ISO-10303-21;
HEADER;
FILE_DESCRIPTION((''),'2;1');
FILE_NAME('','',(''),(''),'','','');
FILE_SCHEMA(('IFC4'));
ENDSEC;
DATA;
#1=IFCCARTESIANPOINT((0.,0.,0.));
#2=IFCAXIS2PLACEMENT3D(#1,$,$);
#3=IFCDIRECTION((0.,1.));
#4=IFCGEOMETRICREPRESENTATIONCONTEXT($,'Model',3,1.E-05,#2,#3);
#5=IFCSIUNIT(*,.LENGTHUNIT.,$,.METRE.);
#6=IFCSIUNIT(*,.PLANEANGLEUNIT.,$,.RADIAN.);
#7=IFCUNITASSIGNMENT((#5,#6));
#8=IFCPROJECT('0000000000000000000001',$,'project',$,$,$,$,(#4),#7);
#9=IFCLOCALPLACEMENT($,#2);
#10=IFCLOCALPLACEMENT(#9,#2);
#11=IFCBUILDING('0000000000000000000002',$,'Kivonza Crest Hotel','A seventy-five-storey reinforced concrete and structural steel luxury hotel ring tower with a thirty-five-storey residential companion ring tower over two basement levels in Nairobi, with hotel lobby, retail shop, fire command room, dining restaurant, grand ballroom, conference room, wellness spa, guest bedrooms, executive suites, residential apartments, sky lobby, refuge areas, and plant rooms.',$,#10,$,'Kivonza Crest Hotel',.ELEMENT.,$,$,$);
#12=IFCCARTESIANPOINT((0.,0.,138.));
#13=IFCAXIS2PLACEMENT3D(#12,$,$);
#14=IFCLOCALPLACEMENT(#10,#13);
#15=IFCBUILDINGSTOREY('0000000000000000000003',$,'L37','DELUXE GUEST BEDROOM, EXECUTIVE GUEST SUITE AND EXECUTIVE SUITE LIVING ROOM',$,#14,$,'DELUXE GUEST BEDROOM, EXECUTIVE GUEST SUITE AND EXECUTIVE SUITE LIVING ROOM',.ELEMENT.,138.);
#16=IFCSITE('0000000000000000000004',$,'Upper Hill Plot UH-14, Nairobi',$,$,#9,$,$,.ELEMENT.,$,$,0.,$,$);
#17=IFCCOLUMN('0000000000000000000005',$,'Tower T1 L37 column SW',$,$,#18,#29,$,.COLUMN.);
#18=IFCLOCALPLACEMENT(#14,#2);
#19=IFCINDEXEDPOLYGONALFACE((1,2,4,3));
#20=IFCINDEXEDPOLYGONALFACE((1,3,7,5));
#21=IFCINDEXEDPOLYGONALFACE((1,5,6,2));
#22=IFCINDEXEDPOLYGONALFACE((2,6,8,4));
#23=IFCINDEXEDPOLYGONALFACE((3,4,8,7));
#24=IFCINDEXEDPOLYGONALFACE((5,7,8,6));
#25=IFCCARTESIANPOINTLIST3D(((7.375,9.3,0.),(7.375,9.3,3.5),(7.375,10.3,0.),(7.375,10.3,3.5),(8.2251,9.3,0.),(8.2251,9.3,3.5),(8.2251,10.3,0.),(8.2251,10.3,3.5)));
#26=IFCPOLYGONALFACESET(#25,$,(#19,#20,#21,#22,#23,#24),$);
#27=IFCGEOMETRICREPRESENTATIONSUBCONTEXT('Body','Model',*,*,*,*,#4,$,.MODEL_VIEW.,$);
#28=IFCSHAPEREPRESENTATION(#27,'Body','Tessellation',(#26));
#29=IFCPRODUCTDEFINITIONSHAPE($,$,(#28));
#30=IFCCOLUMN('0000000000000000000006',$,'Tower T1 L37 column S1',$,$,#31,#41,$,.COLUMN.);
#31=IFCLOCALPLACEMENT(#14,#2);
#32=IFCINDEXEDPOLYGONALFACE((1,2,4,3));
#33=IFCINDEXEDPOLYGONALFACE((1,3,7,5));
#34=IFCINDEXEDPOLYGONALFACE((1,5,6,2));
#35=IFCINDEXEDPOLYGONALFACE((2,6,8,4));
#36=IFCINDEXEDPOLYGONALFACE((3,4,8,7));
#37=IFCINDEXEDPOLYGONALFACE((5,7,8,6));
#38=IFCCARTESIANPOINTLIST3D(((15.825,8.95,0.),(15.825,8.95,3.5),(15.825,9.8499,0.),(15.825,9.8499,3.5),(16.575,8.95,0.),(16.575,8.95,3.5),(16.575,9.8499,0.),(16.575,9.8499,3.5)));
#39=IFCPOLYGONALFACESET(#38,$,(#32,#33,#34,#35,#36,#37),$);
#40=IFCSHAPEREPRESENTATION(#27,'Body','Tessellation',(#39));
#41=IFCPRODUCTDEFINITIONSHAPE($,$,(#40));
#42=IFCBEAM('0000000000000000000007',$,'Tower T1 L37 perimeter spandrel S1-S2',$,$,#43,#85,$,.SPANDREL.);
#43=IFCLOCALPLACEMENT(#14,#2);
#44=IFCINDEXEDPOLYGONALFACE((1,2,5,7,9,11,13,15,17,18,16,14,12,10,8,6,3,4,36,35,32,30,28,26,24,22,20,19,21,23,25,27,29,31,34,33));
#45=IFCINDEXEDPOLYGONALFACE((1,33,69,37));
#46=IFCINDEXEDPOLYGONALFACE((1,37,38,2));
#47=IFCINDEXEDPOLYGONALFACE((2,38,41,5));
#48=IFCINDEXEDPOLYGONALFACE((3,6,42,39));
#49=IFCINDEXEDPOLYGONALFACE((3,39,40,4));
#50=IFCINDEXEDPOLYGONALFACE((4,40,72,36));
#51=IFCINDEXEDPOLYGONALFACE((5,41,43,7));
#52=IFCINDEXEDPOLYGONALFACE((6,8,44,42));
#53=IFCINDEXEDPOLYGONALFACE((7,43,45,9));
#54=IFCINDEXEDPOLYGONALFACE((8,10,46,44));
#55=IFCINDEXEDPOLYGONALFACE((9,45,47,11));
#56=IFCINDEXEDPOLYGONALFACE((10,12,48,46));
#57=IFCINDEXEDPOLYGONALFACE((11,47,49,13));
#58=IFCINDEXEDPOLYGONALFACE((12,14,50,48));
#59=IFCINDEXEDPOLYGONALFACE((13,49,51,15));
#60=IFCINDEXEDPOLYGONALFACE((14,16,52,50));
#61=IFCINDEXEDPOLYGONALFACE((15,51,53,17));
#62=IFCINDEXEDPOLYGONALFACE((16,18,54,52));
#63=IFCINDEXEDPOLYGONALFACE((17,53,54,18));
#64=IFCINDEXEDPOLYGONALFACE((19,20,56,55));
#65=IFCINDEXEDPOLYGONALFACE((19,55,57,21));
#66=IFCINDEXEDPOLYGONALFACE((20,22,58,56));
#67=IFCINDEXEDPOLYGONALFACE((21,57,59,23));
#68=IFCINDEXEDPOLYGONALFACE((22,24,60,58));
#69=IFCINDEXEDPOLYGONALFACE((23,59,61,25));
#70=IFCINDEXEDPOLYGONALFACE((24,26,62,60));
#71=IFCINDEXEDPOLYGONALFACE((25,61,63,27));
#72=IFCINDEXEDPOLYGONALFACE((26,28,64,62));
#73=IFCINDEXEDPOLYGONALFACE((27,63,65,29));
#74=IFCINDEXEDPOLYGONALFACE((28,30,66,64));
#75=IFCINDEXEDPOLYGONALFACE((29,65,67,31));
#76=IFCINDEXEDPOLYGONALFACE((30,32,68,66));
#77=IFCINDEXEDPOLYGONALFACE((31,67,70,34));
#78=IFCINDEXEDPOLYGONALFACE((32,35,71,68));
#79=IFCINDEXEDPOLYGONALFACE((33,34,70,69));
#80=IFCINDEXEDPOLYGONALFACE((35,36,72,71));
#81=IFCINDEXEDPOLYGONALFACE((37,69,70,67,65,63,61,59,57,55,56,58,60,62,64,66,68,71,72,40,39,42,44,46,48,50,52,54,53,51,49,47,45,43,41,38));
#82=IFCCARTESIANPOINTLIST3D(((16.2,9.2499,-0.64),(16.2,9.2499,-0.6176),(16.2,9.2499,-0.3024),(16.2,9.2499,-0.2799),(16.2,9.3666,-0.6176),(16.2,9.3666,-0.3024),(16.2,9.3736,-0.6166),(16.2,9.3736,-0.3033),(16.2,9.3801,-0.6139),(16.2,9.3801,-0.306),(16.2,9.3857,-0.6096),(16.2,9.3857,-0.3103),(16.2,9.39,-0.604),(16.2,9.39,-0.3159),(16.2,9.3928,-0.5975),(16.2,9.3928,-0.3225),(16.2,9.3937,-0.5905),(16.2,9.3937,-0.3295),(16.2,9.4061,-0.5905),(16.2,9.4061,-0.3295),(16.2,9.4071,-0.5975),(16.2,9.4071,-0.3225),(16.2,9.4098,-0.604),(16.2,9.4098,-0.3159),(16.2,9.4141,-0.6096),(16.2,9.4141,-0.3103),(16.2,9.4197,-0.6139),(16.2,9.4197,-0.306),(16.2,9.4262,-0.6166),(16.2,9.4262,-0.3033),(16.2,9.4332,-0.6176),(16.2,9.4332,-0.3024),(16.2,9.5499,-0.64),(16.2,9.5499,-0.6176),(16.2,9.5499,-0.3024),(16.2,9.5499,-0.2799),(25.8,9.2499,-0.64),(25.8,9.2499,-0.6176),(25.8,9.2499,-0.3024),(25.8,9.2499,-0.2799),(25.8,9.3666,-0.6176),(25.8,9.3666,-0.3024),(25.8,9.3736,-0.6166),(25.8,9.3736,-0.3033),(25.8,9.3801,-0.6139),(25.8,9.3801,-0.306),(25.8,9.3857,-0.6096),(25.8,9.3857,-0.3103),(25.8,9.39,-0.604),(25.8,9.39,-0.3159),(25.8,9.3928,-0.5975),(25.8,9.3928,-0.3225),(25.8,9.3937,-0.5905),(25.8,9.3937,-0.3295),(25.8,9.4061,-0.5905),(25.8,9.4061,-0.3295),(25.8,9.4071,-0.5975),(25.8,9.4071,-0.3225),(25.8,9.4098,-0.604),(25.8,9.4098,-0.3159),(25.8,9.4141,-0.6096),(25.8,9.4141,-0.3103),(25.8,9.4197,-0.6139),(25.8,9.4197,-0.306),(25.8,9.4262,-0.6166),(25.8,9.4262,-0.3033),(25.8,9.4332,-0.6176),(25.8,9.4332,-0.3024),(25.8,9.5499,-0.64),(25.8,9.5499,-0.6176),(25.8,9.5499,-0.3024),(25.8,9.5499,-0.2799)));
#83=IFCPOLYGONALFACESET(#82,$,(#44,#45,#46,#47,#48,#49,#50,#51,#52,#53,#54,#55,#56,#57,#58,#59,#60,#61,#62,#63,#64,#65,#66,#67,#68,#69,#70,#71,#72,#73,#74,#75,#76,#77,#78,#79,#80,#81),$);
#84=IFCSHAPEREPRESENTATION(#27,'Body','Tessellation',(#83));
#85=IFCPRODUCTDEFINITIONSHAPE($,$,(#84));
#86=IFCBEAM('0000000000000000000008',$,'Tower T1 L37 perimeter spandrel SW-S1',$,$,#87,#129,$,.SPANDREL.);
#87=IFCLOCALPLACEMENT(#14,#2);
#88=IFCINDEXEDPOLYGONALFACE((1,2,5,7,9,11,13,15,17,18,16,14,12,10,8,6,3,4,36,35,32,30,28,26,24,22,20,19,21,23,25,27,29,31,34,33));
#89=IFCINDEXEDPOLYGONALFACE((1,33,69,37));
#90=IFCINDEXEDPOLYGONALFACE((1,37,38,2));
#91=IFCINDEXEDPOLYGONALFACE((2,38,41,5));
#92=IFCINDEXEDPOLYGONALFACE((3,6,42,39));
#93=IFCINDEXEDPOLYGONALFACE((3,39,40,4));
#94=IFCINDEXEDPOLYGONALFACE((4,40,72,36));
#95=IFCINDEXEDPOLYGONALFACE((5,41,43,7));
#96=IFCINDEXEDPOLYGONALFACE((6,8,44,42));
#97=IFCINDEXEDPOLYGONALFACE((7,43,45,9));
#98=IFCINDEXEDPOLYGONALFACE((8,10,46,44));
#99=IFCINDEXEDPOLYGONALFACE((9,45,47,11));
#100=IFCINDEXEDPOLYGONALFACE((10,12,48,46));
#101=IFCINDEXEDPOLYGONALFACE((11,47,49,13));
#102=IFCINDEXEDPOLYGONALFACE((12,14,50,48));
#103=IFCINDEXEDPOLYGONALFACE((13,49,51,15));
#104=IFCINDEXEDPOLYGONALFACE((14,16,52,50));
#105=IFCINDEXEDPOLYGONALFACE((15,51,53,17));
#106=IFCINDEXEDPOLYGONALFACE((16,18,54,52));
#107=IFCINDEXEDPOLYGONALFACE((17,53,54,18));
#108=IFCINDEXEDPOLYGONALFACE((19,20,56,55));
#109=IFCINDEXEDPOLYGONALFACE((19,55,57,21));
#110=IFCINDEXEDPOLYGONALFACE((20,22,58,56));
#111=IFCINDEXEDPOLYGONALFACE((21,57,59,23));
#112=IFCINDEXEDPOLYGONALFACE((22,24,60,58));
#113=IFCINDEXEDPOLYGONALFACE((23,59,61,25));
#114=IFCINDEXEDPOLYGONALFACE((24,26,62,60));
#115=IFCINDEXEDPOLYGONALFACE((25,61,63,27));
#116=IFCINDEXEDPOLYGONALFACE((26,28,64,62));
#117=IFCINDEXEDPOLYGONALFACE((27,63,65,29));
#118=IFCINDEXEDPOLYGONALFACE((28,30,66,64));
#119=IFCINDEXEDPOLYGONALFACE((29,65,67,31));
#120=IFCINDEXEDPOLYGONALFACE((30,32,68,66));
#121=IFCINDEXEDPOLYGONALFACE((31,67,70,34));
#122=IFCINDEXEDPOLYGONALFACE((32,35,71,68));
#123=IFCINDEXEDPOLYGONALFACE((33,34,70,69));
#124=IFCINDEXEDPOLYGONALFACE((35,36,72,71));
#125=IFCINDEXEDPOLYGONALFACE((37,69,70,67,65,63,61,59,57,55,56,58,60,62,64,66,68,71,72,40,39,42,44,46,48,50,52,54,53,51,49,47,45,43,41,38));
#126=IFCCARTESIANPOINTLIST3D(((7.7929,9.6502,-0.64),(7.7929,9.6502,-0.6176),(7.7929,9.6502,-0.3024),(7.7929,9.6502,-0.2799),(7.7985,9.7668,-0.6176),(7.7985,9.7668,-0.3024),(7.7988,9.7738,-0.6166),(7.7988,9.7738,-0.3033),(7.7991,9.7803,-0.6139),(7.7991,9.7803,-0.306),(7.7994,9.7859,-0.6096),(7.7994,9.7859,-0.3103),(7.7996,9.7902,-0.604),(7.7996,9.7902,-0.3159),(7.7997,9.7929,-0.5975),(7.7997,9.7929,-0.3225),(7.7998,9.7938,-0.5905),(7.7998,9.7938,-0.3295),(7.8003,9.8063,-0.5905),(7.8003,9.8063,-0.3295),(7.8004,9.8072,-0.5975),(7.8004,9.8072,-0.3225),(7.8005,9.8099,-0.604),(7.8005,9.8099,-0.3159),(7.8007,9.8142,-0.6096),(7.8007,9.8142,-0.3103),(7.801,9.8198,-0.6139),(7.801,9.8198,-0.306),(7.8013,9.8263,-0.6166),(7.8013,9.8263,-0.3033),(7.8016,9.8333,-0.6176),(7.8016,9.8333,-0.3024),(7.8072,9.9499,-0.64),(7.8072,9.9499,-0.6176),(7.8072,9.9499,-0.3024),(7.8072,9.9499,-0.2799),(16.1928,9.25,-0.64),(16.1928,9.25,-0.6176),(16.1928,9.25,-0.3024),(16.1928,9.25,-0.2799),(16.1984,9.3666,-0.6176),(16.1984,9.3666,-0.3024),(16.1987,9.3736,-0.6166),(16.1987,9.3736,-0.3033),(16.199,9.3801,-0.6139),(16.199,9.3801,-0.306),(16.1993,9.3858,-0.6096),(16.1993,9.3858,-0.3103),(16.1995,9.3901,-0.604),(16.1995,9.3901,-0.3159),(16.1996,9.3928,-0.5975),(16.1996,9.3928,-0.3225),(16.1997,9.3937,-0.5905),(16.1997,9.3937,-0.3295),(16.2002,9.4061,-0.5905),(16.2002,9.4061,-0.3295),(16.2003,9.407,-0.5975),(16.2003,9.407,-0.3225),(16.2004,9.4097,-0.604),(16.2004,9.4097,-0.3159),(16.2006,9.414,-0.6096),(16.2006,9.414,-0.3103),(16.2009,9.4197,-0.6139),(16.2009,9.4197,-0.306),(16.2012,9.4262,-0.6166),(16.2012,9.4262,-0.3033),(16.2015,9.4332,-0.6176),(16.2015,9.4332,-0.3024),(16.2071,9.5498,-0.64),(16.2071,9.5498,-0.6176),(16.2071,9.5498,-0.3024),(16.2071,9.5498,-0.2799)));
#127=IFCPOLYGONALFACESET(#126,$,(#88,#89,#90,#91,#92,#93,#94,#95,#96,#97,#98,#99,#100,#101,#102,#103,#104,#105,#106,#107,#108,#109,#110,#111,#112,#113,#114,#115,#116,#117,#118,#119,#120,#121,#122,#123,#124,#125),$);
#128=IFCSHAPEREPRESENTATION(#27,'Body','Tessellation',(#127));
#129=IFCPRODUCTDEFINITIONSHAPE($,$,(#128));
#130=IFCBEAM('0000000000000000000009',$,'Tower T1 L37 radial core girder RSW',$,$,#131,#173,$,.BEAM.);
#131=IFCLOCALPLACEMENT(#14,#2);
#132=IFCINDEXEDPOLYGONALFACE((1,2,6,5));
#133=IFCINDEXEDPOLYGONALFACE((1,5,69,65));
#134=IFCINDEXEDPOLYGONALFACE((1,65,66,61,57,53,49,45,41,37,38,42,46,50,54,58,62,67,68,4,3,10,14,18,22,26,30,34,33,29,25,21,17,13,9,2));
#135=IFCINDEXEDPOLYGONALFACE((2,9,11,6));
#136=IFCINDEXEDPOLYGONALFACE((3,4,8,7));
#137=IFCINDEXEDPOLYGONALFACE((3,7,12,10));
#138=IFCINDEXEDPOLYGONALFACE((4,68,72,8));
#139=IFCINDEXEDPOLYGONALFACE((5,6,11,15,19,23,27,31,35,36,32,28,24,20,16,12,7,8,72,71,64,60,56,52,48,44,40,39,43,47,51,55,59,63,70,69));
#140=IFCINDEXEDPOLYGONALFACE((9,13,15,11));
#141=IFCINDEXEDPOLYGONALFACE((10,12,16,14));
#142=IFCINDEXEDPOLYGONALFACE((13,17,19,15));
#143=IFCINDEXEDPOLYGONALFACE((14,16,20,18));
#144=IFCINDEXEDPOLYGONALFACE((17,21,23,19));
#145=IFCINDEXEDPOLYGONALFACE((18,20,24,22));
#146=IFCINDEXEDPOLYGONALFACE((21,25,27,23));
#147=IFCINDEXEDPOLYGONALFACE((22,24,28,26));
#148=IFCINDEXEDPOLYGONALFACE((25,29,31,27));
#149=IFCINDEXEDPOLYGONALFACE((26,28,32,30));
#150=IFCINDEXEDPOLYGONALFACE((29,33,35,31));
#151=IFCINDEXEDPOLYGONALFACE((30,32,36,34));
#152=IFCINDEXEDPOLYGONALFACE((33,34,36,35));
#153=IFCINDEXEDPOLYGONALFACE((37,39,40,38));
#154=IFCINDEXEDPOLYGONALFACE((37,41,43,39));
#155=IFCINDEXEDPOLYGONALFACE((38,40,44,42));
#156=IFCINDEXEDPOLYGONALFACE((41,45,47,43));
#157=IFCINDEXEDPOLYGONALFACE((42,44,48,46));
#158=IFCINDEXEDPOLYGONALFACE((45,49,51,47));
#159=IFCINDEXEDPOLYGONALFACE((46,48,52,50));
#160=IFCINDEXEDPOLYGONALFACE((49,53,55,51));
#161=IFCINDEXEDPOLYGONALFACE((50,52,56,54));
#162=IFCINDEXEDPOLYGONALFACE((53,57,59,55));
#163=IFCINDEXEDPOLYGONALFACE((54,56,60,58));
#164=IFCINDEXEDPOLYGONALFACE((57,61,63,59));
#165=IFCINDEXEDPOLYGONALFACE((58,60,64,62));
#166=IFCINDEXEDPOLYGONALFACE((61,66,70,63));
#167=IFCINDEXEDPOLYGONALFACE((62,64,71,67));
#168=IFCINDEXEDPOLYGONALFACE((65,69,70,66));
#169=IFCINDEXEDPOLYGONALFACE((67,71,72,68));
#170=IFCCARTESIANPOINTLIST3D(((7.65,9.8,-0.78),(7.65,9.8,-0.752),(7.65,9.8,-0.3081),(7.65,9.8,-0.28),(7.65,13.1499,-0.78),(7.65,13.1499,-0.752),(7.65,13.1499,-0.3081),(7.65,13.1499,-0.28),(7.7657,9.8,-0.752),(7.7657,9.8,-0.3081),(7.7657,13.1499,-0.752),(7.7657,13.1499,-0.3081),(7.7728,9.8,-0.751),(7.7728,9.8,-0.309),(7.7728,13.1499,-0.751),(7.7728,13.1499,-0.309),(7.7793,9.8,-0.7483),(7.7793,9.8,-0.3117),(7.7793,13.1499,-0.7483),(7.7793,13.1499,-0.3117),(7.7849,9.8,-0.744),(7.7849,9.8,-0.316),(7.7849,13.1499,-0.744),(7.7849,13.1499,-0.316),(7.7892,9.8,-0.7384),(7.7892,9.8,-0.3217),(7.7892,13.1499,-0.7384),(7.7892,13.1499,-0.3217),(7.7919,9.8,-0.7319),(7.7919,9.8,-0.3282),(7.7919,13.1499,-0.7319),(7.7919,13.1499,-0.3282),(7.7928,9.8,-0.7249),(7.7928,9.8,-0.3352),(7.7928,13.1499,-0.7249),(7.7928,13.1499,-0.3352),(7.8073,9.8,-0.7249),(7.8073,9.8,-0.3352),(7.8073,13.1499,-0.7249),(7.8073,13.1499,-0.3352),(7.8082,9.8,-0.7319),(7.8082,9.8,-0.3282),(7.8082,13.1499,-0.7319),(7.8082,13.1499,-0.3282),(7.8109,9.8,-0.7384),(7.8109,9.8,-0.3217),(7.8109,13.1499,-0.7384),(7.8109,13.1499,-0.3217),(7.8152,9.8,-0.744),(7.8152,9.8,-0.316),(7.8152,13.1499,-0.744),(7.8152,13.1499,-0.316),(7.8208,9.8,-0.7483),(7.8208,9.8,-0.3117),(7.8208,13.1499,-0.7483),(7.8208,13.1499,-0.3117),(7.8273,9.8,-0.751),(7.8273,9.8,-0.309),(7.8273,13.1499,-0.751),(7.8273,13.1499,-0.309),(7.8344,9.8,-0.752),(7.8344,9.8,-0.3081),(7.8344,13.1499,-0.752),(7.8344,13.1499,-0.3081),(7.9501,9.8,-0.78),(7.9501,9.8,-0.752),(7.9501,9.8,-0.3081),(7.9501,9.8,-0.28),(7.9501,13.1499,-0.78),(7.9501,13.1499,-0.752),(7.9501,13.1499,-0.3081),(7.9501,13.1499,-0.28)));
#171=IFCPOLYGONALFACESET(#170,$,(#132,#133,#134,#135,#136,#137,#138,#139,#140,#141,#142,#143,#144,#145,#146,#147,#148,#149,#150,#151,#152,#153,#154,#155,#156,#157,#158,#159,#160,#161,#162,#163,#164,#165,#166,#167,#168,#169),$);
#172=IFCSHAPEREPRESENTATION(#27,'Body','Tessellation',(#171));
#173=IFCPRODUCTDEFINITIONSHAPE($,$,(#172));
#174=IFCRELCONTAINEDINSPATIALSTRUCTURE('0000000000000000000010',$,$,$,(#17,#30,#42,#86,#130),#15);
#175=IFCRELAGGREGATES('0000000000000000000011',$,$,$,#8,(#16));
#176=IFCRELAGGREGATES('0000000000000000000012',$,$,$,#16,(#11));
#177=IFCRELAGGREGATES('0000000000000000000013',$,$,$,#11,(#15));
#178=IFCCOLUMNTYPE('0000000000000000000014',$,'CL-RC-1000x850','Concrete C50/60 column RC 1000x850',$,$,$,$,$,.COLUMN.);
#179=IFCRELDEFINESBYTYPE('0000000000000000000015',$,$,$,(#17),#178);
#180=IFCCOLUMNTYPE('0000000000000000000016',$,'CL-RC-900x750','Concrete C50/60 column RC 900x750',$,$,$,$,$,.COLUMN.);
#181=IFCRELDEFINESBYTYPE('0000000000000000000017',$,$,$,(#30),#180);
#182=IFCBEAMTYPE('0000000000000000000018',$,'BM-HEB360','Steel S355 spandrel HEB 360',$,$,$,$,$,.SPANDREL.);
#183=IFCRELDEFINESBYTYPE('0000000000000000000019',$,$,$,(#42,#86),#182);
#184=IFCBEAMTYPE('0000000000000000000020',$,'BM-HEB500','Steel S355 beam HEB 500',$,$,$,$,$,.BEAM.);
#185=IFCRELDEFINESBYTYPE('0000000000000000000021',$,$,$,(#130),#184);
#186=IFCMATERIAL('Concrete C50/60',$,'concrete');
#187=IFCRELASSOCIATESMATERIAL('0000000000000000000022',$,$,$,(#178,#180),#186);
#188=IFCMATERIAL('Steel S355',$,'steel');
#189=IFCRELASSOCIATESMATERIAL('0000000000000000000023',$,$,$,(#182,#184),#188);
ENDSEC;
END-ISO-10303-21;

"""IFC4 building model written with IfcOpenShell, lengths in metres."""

from ifc_helpers import new_model, si_unit, direction, frame, origin, origin_2d, place, context, subcontext, project, spatial, rectangle, i_section, extrude, material, material_profile, profile_set, type_object, element, save


model = new_model("IFC4")

# Units and contexts
model_context = context("Model", 3, precision=1e-05, world=origin(), true_north=direction((0.0, 1.0)))
body_context = subcontext(model_context, "Body", "Model", "MODEL_VIEW")
ifc_project = project(units=[si_unit("LENGTHUNIT", "METRE"), si_unit("PLANEANGLEUNIT", "RADIAN")], contexts=[model_context])

# Site, building, storey
site_placement = place(None, origin())
site = spatial("IfcSite", under=ifc_project, at=site_placement, Name="Upper Hill Plot UH-14, Nairobi", CompositionType="ELEMENT", RefElevation=0.0)
building_placement = place(site_placement, origin())
building = spatial("IfcBuilding", under=site, at=building_placement, Name="Kivonza Crest Hotel", Description="A seventy-five-storey reinforced concrete and structural steel luxury hotel ring tower with a thirty-five-storey residential companion ring tower over two basement levels in Nairobi, with hotel lobby, retail shop, fire command room, dining restaurant, grand ballroom, conference room, wellness spa, guest bedrooms, executive suites, residential apartments, sky lobby, refuge areas, and plant rooms.", LongName="Kivonza Crest Hotel", CompositionType="ELEMENT")
storey_placement = place(building_placement, frame((0.0, 0.0, 138.0)))
storey = spatial("IfcBuildingStorey", under=building, at=storey_placement, Name="L37", Description="DELUXE GUEST BEDROOM, EXECUTIVE GUEST SUITE AND EXECUTIVE SUITE LIVING ROOM", LongName="DELUXE GUEST BEDROOM, EXECUTIVE GUEST SUITE AND EXECUTIVE SUITE LIVING ROOM", CompositionType="ELEMENT", Elevation=138.0)

# Columns
ifc_material_1 = material(Name="Concrete C50/60", Category="concrete")
ifc_material_profile_1 = material_profile(ifc_material_1, rectangle(XDim=0.8501, YDim=1.0, at=origin_2d()), Name="RC 1000x850")
ifc_profile_set_1 = profile_set([ifc_material_profile_1], Name="Concrete C50/60")
column_type_1 = type_object("IfcColumnType", Name="CL-RC-1000x850", Description="Concrete C50/60 column RC 1000x850", PredefinedType="COLUMN", material=ifc_profile_set_1)
column_1_placement = place(storey_placement, frame((7.8, 9.8, 0.0), z_axis=(0.0, 0.0, 1.0), x_axis=(1.0, 0.0, 0.0)))
element("IfcColumn", 1, at=column_1_placement, inside=storey, type_object=column_type_1, Name="Tower T1 L37 column SW", PredefinedType="COLUMN", context=body_context, shape_type="SweptSolid", body=[
    extrude(rectangle(XDim=0.8501, YDim=1.0, at=origin_2d()), origin(), (0.0, 0.0, 1.0), 3.5),
])
ifc_material_profile_2 = material_profile(ifc_material_1, rectangle(XDim=0.75, YDim=0.8999, at=origin_2d()), Name="RC 900x750")
ifc_profile_set_2 = profile_set([ifc_material_profile_2], Name="Concrete C50/60")
column_type_2 = type_object("IfcColumnType", Name="CL-RC-900x750", Description="Concrete C50/60 column RC 900x750", PredefinedType="COLUMN", material=ifc_profile_set_2)
column_2_placement = place(storey_placement, frame((16.2, 9.3999, 0.0), z_axis=(0.0, 0.0, 1.0), x_axis=(1.0, 0.0, 0.0)))
element("IfcColumn", 2, at=column_2_placement, inside=storey, type_object=column_type_2, Name="Tower T1 L37 column S1", PredefinedType="COLUMN", context=body_context, shape_type="SweptSolid", body=[
    extrude(rectangle(XDim=0.75, YDim=0.8999, at=origin_2d()), origin(), (0.0, 0.0, 1.0), 3.5),
])

# Beams
ifc_material_2 = material(Name="Steel S355", Category="steel")
ifc_material_profile_3 = material_profile(ifc_material_2, i_section(OverallWidth=0.3, OverallDepth=0.3601, WebThickness=0.0125, FlangeThickness=0.0225, FilletRadius=0.0271, at=origin_2d()), Name="HEB 360")
ifc_profile_set_3 = profile_set([ifc_material_profile_3], Name="Steel S355")
beam_type_1 = type_object("IfcBeamType", Name="BM-HEB360", Description="Steel S355 spandrel HEB 360", PredefinedType="SPANDREL", material=ifc_profile_set_3)
beam_1_placement = place(storey_placement, frame((16.2, 9.3999, -0.46), z_axis=(1.0, 0.0, 0.0), x_axis=(0.0, 1.0, 0.0)))
element("IfcBeam", 3, at=beam_1_placement, inside=storey, type_object=beam_type_1, Name="Tower T1 L37 perimeter spandrel S1-S2", PredefinedType="SPANDREL", context=body_context, shape_type="SweptSolid", body=[
    extrude(i_section(OverallWidth=0.3, OverallDepth=0.3601, WebThickness=0.0125, FlangeThickness=0.0225, FilletRadius=0.0271, at=origin_2d()), origin(), (0.0, 0.0, 1.0), 9.6001),
])
beam_2_placement = place(storey_placement, frame((7.8, 9.8, -0.46), z_axis=(0.998867, -0.047583, 0.0), x_axis=(0.047583, 0.998867, 0.0)))
element("IfcBeam", 4, at=beam_2_placement, inside=storey, type_object=beam_type_1, Name="Tower T1 L37 perimeter spandrel SW-S1", PredefinedType="SPANDREL", context=body_context, shape_type="SweptSolid", body=[
    extrude(i_section(OverallWidth=0.3, OverallDepth=0.3601, WebThickness=0.0125, FlangeThickness=0.0225, FilletRadius=0.0271, at=origin_2d()), origin(), (0.0, 0.0, 1.0), 8.4094),
])
ifc_material_profile_4 = material_profile(ifc_material_2, i_section(OverallWidth=0.3, OverallDepth=0.5, WebThickness=0.0144, FlangeThickness=0.0281, FilletRadius=0.0271, at=origin_2d()), Name="HEB 500")
ifc_profile_set_4 = profile_set([ifc_material_profile_4], Name="Steel S355")
beam_type_2 = type_object("IfcBeamType", Name="BM-HEB500", Description="Steel S355 beam HEB 500", PredefinedType="BEAM", material=ifc_profile_set_4)
beam_3_placement = place(storey_placement, frame((7.8, 9.8, -0.53), z_axis=(0.0, 1.0, 0.0), x_axis=(-1.0, 0.0, 0.0)))
element("IfcBeam", 5, at=beam_3_placement, inside=storey, type_object=beam_type_2, Name="Tower T1 L37 radial core girder RSW", PredefinedType="BEAM", context=body_context, shape_type="SweptSolid", body=[
    extrude(i_section(OverallWidth=0.3, OverallDepth=0.5, WebThickness=0.0144, FlangeThickness=0.0281, FilletRadius=0.0271, at=origin_2d()), origin(), (0.0, 0.0, 1.0), 3.3499),
])

save(model, "model.ifc")
